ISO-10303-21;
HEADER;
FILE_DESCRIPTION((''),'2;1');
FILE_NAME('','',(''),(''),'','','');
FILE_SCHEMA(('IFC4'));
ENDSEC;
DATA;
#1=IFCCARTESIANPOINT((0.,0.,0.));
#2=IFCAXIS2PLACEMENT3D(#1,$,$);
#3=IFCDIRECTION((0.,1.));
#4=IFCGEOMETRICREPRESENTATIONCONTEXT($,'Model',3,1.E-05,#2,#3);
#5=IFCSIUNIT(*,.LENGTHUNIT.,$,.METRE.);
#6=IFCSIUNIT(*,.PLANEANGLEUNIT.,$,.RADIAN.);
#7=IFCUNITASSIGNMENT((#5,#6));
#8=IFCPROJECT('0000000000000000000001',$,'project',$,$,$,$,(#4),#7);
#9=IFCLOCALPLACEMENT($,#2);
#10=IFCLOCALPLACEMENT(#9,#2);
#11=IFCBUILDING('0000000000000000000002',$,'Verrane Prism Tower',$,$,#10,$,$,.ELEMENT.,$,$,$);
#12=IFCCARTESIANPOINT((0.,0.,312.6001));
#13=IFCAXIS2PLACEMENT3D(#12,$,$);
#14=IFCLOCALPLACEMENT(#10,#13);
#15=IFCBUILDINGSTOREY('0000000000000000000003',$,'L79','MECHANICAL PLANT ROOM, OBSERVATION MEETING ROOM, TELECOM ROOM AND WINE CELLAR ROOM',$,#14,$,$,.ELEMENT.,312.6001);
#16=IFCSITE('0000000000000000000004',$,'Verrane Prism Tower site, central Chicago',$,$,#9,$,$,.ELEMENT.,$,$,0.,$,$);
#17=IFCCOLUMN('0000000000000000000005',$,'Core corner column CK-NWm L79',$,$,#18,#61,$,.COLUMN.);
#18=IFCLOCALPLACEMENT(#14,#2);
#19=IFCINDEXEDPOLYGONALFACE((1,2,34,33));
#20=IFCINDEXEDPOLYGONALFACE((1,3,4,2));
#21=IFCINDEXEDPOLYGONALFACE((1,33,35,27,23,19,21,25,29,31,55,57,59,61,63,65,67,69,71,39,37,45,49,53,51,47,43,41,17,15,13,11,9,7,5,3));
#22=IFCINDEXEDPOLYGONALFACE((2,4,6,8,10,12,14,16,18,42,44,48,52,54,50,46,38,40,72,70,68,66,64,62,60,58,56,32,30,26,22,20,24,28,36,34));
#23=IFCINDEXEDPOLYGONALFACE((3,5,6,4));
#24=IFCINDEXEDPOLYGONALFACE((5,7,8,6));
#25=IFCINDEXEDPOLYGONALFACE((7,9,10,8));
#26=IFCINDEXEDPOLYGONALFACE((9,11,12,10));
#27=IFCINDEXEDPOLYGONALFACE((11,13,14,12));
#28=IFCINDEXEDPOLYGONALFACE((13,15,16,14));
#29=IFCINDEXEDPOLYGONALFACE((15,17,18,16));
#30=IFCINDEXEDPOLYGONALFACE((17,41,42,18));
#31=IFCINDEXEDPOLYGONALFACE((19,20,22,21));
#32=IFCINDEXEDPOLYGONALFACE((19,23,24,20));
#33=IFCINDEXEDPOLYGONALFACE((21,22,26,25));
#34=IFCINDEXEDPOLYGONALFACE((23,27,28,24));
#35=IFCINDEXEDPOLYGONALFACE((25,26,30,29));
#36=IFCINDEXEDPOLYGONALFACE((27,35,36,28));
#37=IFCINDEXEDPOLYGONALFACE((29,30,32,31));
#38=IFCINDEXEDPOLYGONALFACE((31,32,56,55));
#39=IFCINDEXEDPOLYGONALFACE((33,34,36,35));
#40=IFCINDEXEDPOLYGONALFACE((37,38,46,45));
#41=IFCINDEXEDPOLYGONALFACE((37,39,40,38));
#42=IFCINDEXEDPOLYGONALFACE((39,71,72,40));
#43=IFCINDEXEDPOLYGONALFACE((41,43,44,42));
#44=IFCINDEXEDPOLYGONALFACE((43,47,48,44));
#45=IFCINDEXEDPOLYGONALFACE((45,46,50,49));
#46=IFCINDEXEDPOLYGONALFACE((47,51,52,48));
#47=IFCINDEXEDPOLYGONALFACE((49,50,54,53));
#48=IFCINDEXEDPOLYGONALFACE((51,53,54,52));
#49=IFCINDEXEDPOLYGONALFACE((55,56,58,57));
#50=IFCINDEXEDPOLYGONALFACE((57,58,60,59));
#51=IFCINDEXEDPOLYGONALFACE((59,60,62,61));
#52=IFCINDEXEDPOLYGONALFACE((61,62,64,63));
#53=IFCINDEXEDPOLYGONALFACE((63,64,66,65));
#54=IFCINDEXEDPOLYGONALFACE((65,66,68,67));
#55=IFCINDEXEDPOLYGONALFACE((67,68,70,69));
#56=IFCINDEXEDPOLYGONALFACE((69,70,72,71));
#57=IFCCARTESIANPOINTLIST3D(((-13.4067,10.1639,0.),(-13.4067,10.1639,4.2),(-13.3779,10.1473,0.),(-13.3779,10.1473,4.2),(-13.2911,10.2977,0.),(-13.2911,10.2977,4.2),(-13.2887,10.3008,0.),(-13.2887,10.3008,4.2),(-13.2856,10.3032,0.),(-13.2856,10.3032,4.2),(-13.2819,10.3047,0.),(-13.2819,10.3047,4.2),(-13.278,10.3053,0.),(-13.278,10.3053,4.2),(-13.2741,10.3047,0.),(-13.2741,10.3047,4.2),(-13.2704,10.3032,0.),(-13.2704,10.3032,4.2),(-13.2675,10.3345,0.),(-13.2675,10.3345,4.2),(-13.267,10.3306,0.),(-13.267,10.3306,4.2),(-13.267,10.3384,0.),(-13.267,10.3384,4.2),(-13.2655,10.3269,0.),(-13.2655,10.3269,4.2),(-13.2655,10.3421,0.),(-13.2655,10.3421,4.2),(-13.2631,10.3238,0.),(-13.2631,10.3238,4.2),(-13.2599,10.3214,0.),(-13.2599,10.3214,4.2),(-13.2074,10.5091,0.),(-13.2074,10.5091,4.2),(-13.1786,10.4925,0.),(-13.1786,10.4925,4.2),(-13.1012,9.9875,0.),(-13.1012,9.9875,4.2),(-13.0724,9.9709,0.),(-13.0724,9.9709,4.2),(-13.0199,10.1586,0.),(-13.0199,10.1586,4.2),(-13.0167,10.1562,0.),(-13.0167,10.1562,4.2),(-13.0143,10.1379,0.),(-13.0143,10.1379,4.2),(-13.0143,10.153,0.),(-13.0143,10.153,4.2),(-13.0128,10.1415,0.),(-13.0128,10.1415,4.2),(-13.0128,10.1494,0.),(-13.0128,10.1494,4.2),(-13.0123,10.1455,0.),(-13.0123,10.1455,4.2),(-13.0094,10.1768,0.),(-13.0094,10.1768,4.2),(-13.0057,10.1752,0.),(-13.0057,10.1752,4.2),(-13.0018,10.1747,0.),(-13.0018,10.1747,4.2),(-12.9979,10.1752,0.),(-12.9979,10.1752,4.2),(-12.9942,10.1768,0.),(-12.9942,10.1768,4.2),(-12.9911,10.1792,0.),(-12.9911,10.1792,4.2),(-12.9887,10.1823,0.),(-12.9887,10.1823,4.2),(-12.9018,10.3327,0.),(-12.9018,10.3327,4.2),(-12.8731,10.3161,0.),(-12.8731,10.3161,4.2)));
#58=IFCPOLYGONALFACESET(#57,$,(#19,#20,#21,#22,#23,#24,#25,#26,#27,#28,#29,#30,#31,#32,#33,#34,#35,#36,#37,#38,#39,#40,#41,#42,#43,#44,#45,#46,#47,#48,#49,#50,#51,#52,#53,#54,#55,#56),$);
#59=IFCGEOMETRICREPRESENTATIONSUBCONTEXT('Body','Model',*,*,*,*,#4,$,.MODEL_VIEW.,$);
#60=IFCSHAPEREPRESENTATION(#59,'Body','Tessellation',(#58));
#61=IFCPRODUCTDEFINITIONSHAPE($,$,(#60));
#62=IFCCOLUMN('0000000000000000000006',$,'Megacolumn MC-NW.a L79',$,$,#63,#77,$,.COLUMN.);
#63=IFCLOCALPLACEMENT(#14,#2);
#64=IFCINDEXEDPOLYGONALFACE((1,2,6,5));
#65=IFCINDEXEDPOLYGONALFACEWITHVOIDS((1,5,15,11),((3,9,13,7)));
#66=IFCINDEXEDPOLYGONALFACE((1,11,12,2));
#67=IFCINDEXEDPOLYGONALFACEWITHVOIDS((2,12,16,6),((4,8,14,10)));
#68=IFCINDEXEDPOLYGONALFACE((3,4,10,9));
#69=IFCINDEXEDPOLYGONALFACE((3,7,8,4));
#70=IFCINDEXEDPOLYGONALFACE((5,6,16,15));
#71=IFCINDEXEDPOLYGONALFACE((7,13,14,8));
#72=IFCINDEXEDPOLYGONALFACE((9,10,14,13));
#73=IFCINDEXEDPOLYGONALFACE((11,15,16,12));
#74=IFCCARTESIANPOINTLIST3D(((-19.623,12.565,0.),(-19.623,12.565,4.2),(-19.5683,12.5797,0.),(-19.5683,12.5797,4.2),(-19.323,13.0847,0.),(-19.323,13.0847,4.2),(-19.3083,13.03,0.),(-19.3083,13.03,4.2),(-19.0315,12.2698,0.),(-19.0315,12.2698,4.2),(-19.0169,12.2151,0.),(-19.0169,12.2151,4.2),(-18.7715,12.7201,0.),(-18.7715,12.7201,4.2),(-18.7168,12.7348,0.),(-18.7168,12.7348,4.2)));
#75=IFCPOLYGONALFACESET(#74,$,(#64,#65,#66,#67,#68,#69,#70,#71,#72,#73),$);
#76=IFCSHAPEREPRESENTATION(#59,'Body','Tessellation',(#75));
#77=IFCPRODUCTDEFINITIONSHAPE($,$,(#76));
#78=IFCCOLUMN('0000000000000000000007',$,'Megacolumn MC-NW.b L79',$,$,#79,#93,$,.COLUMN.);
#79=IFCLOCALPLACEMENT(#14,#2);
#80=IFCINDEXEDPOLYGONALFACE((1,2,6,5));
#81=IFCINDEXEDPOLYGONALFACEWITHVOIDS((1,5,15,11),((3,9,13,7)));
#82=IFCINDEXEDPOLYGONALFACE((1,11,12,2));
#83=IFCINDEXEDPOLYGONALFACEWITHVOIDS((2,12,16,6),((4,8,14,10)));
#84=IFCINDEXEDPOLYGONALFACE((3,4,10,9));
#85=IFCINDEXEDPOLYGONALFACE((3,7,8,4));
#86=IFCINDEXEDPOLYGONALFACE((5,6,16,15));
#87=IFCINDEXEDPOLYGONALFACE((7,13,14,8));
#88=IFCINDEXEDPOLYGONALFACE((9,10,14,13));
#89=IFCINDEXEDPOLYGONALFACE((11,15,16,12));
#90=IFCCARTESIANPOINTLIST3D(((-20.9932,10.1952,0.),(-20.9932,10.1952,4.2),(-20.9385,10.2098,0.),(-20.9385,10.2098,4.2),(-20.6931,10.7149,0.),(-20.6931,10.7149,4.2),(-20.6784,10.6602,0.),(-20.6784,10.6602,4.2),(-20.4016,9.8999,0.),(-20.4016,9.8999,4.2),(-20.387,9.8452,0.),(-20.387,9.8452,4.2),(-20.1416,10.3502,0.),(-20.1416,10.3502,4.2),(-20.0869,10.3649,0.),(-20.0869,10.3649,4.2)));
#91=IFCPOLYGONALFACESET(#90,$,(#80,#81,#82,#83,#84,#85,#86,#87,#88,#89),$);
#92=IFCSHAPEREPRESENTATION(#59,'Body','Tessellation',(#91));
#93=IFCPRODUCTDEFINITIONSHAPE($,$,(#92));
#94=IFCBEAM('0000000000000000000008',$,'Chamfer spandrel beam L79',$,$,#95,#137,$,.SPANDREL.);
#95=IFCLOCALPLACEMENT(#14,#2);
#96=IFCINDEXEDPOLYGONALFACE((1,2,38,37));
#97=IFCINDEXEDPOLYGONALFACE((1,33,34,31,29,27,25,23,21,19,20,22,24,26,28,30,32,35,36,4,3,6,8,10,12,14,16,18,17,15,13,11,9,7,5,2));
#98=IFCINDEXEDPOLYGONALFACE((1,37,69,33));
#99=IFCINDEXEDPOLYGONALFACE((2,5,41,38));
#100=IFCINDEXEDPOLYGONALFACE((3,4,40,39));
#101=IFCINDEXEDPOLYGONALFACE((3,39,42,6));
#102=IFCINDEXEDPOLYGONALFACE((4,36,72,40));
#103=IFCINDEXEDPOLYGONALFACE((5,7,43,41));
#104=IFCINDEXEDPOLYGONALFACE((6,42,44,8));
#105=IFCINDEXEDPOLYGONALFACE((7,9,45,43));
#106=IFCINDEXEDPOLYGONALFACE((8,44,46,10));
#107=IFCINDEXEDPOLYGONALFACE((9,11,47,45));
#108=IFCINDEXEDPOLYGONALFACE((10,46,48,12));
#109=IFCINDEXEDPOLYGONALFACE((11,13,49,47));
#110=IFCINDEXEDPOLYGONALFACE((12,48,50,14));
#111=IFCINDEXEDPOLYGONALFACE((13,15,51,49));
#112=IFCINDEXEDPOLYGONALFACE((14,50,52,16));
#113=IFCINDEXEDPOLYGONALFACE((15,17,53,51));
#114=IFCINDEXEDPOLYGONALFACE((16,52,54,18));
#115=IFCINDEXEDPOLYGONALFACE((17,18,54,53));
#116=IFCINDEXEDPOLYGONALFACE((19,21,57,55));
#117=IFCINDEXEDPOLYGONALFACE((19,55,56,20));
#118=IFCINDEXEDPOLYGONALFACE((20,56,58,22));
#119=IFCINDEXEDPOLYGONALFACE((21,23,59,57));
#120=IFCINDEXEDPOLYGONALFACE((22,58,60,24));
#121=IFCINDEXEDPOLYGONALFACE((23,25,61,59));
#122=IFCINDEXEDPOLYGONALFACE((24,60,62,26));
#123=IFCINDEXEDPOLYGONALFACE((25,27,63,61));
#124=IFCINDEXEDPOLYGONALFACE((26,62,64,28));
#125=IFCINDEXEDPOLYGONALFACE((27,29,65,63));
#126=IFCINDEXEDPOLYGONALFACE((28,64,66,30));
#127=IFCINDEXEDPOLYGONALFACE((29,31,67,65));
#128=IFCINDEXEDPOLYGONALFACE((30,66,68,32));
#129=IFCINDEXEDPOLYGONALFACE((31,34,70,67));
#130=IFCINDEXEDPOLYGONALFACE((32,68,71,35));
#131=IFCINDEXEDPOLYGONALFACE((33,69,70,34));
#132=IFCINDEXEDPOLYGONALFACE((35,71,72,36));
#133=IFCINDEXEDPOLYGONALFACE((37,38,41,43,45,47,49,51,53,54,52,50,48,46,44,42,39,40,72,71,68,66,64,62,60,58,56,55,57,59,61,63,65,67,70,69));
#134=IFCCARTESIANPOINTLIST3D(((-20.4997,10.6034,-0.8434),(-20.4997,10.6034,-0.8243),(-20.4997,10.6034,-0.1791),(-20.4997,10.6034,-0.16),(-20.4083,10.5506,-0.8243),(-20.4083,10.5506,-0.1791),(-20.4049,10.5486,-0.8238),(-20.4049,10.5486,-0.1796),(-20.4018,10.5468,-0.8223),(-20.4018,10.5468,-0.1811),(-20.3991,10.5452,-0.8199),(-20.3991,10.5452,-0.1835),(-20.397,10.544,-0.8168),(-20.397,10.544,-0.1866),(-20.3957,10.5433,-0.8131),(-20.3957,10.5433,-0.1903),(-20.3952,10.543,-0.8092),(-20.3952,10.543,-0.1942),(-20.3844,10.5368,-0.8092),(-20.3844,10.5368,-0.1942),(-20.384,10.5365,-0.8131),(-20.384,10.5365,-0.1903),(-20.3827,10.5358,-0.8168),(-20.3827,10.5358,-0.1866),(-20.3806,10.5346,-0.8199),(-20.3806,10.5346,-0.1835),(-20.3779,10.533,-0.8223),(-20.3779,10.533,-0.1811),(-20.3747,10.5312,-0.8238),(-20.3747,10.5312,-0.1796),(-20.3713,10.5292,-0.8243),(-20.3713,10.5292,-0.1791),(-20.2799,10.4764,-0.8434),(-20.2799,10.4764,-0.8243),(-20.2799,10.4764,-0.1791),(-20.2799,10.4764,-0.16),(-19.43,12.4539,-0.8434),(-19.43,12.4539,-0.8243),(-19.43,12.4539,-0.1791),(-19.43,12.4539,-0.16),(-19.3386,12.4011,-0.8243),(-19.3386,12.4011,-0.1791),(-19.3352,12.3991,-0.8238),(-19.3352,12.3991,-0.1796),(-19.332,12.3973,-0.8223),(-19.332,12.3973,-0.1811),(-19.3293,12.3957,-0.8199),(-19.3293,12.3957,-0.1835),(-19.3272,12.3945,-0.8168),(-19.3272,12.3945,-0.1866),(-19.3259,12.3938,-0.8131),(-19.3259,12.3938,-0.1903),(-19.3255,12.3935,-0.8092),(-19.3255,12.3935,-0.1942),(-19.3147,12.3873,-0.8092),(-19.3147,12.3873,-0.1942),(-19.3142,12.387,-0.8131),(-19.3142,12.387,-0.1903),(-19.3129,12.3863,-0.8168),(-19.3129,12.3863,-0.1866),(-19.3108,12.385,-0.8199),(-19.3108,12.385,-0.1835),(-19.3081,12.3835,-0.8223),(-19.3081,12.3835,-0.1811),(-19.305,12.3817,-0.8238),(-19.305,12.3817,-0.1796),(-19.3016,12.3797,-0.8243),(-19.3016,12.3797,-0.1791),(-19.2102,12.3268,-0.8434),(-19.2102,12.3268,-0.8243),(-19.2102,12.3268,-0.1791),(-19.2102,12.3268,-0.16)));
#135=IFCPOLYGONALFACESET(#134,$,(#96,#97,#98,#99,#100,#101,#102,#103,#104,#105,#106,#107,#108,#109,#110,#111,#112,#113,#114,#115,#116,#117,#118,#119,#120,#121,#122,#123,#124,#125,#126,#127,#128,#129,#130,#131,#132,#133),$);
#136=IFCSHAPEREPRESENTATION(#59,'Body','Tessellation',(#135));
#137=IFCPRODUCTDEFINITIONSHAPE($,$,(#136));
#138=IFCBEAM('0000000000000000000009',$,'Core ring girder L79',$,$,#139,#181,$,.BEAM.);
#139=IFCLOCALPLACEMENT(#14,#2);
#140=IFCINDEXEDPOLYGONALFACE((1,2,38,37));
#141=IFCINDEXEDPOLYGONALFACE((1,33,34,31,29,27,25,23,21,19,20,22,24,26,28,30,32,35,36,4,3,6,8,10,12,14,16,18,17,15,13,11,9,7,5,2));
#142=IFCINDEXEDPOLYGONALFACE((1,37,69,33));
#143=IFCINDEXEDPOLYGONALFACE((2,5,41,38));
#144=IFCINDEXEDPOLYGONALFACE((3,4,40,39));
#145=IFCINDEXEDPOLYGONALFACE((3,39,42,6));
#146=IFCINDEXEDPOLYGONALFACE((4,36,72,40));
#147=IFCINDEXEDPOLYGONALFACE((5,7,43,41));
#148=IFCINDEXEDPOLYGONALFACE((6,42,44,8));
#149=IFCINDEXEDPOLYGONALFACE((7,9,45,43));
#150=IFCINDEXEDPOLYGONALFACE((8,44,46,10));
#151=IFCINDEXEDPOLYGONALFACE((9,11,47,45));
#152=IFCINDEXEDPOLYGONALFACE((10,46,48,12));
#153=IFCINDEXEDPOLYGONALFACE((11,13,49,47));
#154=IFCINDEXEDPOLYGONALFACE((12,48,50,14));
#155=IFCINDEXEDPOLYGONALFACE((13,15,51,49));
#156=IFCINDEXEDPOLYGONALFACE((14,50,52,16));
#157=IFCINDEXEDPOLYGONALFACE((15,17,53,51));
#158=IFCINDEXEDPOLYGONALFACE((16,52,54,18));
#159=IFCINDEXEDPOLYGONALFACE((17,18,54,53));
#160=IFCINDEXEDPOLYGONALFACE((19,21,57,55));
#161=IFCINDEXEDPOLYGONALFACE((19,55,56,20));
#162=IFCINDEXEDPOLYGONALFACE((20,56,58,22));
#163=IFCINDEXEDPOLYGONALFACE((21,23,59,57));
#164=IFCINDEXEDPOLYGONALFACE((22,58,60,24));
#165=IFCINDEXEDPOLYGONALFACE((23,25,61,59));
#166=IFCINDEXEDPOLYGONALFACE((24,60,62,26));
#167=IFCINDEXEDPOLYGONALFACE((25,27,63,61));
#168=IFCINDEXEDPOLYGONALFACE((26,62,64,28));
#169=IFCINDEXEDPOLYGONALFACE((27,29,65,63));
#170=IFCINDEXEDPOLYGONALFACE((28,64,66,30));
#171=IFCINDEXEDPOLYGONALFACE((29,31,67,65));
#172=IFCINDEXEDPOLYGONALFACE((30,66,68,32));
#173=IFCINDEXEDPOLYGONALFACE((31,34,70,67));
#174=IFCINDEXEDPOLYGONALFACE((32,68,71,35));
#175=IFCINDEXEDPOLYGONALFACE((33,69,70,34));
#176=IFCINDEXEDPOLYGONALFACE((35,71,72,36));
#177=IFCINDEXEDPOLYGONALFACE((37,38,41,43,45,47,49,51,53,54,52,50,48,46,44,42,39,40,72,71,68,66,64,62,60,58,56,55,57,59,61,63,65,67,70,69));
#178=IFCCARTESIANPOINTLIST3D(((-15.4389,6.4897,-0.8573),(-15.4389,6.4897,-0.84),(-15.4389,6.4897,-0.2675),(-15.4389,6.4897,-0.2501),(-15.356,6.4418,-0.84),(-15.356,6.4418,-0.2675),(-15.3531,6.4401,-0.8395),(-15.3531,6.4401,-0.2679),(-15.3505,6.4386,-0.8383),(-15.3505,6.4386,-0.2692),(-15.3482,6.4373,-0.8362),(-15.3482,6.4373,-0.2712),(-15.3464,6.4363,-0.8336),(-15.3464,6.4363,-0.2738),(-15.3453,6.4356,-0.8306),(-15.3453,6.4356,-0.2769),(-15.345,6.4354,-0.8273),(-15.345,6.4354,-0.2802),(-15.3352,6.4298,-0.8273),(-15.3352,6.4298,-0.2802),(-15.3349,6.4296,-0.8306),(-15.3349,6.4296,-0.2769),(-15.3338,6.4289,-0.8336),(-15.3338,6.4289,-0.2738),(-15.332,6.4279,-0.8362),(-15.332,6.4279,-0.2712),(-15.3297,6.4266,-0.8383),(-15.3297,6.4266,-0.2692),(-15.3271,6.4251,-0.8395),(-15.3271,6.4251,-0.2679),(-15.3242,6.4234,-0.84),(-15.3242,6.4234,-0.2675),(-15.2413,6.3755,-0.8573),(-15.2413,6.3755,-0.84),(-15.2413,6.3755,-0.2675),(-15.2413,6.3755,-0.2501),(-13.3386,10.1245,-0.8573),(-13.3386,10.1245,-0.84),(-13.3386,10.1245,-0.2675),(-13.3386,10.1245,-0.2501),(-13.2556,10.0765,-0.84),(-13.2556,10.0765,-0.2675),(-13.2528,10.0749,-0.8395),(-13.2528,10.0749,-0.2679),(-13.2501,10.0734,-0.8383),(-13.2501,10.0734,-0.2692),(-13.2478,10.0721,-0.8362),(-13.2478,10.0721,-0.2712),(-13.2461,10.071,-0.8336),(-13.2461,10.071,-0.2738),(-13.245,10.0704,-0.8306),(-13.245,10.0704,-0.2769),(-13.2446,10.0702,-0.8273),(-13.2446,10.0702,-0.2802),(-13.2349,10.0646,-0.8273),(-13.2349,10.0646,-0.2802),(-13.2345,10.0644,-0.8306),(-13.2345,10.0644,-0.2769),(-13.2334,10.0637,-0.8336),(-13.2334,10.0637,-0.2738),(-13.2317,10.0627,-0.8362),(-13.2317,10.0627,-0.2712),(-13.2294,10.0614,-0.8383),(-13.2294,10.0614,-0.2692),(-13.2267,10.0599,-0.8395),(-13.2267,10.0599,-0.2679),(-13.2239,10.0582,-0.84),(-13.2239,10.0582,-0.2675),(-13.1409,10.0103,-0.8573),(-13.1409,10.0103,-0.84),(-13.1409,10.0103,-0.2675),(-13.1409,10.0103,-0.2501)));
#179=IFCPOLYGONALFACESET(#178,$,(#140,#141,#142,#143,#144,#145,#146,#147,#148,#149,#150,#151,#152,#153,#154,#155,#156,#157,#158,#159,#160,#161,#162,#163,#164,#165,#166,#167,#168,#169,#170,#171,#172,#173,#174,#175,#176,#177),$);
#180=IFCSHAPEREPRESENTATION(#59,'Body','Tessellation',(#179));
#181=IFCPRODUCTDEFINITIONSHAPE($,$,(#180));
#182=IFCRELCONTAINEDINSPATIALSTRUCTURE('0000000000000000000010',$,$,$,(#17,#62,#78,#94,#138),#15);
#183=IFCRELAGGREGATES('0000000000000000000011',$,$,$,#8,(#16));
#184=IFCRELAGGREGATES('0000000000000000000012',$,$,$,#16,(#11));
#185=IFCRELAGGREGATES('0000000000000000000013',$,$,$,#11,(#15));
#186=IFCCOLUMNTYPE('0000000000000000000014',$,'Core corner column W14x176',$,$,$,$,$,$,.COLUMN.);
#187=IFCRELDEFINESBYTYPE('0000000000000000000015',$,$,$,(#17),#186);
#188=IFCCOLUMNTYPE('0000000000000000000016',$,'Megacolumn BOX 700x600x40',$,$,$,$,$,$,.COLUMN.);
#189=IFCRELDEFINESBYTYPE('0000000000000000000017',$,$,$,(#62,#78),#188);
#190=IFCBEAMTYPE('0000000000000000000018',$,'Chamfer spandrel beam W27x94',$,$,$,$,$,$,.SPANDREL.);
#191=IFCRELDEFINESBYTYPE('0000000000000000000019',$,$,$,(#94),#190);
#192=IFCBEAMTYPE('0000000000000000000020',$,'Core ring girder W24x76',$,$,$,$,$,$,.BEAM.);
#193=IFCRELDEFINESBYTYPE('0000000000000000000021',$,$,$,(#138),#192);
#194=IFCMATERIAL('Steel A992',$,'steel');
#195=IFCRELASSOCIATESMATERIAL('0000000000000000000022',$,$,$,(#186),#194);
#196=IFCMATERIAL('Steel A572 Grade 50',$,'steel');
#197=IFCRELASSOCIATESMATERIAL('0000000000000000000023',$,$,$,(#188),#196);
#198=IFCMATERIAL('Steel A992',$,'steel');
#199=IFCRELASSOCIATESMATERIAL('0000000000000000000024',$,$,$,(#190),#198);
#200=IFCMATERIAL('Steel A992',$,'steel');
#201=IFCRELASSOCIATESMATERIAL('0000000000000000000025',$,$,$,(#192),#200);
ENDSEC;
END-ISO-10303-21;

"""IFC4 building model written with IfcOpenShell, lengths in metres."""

from ifc_helpers import new_model, si_unit, direction, frame, origin, origin_2d, place, context, subcontext, project, spatial, hollow_rectangle, i_section, extrude, material, material_profile, profile_set, type_object, element, save


model = new_model("IFC4")

# Units and contexts
model_context = context("Model", 3, precision=1e-05, world=origin(), true_north=direction((0.0, 1.0)))
body_context = subcontext(model_context, "Body", "Model", "MODEL_VIEW")
ifc_project = project(units=[si_unit("LENGTHUNIT", "METRE"), si_unit("PLANEANGLEUNIT", "RADIAN")], contexts=[model_context])

# Site, building, storey
site_placement = place(None, origin())
site = spatial("IfcSite", under=ifc_project, at=site_placement, Name="Verrane Prism Tower site, central Chicago", CompositionType="ELEMENT", RefElevation=0.0)
building_placement = place(site_placement, origin())
building = spatial("IfcBuilding", under=site, at=building_placement, Name="Verrane Prism Tower", CompositionType="ELEMENT")
storey_placement = place(building_placement, frame((0.0, 0.0, 312.6001)))
storey = spatial("IfcBuildingStorey", under=building, at=storey_placement, Name="L79", Description="MECHANICAL PLANT ROOM, OBSERVATION MEETING ROOM, TELECOM ROOM AND WINE CELLAR ROOM", CompositionType="ELEMENT", Elevation=312.6001)

# Columns
ifc_material_1 = material(Name="Steel A992", Category="steel")
ifc_material_profile_1 = material_profile(ifc_material_1, i_section(OverallWidth=0.3987, OverallDepth=0.386, WebThickness=0.021, FlangeThickness=0.0332, FilletRadius=0.0151, at=origin_2d()), Name="W14x176")
ifc_profile_set_1 = profile_set([ifc_material_profile_1], Name="Steel A992")
column_type_1 = type_object("IfcColumnType", Name="Core corner column W14x176", PredefinedType="COLUMN", material=ifc_profile_set_1)
column_placement = place(storey_placement, frame((-13.1399, 10.24, 0.0), z_axis=(0.0, 0.0, 1.0), x_axis=(0.5, 0.866025, 0.0)))
element("IfcColumn", 1, at=column_placement, inside=storey, type_object=column_type_1, Name="Core corner column CK-NWm L79", PredefinedType="COLUMN", context=body_context, shape_type="SweptSolid", body=[
    extrude(i_section(OverallWidth=0.3987, OverallDepth=0.386, WebThickness=0.021, FlangeThickness=0.0332, FilletRadius=0.0151, at=origin_2d()), origin(), (0.0, 0.0, 1.0), 4.2),
])
ifc_material_2 = material(Name="Steel A572 Grade 50", Category="steel")
ifc_material_profile_2 = material_profile(ifc_material_2, hollow_rectangle(XDim=0.6001, YDim=0.7, WallThickness=0.04, at=origin_2d()), Name="BOX 700x600x40")
ifc_profile_set_2 = profile_set([ifc_material_profile_2], Name="Steel A572 Grade 50")
column_type_2 = type_object("IfcColumnType", Name="Megacolumn BOX 700x600x40", PredefinedType="COLUMN", material=ifc_profile_set_2)
for number, where, z_axis, x_axis, name in (
    (2, (-19.1699, 12.6499, 0.0), (0.0, 0.0, 1.0), (0.5, 0.866025, 0.0), "Megacolumn MC-NW.a L79"),
    (3, (-20.54, 10.28, 0.0), (0.0, 0.0, 1.0), (0.5, 0.866025, 0.0), "Megacolumn MC-NW.b L79"),
):
    element("IfcColumn", number, at=place(storey_placement, frame(where, z_axis=z_axis, x_axis=x_axis)), inside=storey, type_object=column_type_2, Name=name, PredefinedType="COLUMN", context=body_context, shape_type="SweptSolid", body=[
        extrude(hollow_rectangle(XDim=0.6001, YDim=0.7, WallThickness=0.04, at=origin_2d()), origin(), (0.0, 0.0, 1.0), 4.2),
    ])

# Beams
ifc_material_3 = material(Name="Steel A992", Category="steel")
ifc_material_profile_3 = material_profile(ifc_material_3, i_section(OverallWidth=0.2539, OverallDepth=0.6833, WebThickness=0.0125, FlangeThickness=0.019, FilletRadius=0.0151, at=origin_2d()), Name="W27x94")
ifc_profile_set_3 = profile_set([ifc_material_profile_3], Name="Steel A992")
beam_type_1 = type_object("IfcBeamType", Name="Chamfer spandrel beam W27x94", PredefinedType="SPANDREL", material=ifc_profile_set_3)
beam_1_placement = place(storey_placement, frame((-19.3201, 12.3904, -0.5017), z_axis=(-0.500487, -0.865744, 0.0), x_axis=(0.865744, -0.500487, 0.0)))
element("IfcBeam", 4, at=beam_1_placement, inside=storey, type_object=beam_type_1, Name="Chamfer spandrel beam L79", PredefinedType="SPANDREL", context=body_context, shape_type="SweptSolid", body=[
    extrude(i_section(OverallWidth=0.2539, OverallDepth=0.6833, WebThickness=0.0125, FlangeThickness=0.019, FilletRadius=0.0151, at=origin_2d()), origin(), (0.0, 0.0, 1.0), 2.1375),
])
ifc_material_4 = material(Name="Steel A992", Category="steel")
ifc_material_profile_4 = material_profile(ifc_material_4, i_section(OverallWidth=0.2283, OverallDepth=0.6072, WebThickness=0.0112, FlangeThickness=0.0173, FilletRadius=0.0127, at=origin_2d()), Name="W24x76")
ifc_profile_set_4 = profile_set([ifc_material_profile_4], Name="Steel A992")
beam_type_2 = type_object("IfcBeamType", Name="Core ring girder W24x76", PredefinedType="BEAM", material=ifc_profile_set_4)
beam_2_placement = place(storey_placement, frame((-13.2397, 10.0674, -0.5537), z_axis=(-0.500323, -0.865839, 0.0), x_axis=(0.865839, -0.500323, 0.0)))
element("IfcBeam", 5, at=beam_2_placement, inside=storey, type_object=beam_type_2, Name="Core ring girder L79", PredefinedType="BEAM", context=body_context, shape_type="SweptSolid", body=[
    extrude(i_section(OverallWidth=0.2283, OverallDepth=0.6072, WebThickness=0.0112, FlangeThickness=0.0173, FilletRadius=0.0127, at=origin_2d()), origin(), (0.0, 0.0, 1.0), 4.198),
])

save(model, "model.ifc")
